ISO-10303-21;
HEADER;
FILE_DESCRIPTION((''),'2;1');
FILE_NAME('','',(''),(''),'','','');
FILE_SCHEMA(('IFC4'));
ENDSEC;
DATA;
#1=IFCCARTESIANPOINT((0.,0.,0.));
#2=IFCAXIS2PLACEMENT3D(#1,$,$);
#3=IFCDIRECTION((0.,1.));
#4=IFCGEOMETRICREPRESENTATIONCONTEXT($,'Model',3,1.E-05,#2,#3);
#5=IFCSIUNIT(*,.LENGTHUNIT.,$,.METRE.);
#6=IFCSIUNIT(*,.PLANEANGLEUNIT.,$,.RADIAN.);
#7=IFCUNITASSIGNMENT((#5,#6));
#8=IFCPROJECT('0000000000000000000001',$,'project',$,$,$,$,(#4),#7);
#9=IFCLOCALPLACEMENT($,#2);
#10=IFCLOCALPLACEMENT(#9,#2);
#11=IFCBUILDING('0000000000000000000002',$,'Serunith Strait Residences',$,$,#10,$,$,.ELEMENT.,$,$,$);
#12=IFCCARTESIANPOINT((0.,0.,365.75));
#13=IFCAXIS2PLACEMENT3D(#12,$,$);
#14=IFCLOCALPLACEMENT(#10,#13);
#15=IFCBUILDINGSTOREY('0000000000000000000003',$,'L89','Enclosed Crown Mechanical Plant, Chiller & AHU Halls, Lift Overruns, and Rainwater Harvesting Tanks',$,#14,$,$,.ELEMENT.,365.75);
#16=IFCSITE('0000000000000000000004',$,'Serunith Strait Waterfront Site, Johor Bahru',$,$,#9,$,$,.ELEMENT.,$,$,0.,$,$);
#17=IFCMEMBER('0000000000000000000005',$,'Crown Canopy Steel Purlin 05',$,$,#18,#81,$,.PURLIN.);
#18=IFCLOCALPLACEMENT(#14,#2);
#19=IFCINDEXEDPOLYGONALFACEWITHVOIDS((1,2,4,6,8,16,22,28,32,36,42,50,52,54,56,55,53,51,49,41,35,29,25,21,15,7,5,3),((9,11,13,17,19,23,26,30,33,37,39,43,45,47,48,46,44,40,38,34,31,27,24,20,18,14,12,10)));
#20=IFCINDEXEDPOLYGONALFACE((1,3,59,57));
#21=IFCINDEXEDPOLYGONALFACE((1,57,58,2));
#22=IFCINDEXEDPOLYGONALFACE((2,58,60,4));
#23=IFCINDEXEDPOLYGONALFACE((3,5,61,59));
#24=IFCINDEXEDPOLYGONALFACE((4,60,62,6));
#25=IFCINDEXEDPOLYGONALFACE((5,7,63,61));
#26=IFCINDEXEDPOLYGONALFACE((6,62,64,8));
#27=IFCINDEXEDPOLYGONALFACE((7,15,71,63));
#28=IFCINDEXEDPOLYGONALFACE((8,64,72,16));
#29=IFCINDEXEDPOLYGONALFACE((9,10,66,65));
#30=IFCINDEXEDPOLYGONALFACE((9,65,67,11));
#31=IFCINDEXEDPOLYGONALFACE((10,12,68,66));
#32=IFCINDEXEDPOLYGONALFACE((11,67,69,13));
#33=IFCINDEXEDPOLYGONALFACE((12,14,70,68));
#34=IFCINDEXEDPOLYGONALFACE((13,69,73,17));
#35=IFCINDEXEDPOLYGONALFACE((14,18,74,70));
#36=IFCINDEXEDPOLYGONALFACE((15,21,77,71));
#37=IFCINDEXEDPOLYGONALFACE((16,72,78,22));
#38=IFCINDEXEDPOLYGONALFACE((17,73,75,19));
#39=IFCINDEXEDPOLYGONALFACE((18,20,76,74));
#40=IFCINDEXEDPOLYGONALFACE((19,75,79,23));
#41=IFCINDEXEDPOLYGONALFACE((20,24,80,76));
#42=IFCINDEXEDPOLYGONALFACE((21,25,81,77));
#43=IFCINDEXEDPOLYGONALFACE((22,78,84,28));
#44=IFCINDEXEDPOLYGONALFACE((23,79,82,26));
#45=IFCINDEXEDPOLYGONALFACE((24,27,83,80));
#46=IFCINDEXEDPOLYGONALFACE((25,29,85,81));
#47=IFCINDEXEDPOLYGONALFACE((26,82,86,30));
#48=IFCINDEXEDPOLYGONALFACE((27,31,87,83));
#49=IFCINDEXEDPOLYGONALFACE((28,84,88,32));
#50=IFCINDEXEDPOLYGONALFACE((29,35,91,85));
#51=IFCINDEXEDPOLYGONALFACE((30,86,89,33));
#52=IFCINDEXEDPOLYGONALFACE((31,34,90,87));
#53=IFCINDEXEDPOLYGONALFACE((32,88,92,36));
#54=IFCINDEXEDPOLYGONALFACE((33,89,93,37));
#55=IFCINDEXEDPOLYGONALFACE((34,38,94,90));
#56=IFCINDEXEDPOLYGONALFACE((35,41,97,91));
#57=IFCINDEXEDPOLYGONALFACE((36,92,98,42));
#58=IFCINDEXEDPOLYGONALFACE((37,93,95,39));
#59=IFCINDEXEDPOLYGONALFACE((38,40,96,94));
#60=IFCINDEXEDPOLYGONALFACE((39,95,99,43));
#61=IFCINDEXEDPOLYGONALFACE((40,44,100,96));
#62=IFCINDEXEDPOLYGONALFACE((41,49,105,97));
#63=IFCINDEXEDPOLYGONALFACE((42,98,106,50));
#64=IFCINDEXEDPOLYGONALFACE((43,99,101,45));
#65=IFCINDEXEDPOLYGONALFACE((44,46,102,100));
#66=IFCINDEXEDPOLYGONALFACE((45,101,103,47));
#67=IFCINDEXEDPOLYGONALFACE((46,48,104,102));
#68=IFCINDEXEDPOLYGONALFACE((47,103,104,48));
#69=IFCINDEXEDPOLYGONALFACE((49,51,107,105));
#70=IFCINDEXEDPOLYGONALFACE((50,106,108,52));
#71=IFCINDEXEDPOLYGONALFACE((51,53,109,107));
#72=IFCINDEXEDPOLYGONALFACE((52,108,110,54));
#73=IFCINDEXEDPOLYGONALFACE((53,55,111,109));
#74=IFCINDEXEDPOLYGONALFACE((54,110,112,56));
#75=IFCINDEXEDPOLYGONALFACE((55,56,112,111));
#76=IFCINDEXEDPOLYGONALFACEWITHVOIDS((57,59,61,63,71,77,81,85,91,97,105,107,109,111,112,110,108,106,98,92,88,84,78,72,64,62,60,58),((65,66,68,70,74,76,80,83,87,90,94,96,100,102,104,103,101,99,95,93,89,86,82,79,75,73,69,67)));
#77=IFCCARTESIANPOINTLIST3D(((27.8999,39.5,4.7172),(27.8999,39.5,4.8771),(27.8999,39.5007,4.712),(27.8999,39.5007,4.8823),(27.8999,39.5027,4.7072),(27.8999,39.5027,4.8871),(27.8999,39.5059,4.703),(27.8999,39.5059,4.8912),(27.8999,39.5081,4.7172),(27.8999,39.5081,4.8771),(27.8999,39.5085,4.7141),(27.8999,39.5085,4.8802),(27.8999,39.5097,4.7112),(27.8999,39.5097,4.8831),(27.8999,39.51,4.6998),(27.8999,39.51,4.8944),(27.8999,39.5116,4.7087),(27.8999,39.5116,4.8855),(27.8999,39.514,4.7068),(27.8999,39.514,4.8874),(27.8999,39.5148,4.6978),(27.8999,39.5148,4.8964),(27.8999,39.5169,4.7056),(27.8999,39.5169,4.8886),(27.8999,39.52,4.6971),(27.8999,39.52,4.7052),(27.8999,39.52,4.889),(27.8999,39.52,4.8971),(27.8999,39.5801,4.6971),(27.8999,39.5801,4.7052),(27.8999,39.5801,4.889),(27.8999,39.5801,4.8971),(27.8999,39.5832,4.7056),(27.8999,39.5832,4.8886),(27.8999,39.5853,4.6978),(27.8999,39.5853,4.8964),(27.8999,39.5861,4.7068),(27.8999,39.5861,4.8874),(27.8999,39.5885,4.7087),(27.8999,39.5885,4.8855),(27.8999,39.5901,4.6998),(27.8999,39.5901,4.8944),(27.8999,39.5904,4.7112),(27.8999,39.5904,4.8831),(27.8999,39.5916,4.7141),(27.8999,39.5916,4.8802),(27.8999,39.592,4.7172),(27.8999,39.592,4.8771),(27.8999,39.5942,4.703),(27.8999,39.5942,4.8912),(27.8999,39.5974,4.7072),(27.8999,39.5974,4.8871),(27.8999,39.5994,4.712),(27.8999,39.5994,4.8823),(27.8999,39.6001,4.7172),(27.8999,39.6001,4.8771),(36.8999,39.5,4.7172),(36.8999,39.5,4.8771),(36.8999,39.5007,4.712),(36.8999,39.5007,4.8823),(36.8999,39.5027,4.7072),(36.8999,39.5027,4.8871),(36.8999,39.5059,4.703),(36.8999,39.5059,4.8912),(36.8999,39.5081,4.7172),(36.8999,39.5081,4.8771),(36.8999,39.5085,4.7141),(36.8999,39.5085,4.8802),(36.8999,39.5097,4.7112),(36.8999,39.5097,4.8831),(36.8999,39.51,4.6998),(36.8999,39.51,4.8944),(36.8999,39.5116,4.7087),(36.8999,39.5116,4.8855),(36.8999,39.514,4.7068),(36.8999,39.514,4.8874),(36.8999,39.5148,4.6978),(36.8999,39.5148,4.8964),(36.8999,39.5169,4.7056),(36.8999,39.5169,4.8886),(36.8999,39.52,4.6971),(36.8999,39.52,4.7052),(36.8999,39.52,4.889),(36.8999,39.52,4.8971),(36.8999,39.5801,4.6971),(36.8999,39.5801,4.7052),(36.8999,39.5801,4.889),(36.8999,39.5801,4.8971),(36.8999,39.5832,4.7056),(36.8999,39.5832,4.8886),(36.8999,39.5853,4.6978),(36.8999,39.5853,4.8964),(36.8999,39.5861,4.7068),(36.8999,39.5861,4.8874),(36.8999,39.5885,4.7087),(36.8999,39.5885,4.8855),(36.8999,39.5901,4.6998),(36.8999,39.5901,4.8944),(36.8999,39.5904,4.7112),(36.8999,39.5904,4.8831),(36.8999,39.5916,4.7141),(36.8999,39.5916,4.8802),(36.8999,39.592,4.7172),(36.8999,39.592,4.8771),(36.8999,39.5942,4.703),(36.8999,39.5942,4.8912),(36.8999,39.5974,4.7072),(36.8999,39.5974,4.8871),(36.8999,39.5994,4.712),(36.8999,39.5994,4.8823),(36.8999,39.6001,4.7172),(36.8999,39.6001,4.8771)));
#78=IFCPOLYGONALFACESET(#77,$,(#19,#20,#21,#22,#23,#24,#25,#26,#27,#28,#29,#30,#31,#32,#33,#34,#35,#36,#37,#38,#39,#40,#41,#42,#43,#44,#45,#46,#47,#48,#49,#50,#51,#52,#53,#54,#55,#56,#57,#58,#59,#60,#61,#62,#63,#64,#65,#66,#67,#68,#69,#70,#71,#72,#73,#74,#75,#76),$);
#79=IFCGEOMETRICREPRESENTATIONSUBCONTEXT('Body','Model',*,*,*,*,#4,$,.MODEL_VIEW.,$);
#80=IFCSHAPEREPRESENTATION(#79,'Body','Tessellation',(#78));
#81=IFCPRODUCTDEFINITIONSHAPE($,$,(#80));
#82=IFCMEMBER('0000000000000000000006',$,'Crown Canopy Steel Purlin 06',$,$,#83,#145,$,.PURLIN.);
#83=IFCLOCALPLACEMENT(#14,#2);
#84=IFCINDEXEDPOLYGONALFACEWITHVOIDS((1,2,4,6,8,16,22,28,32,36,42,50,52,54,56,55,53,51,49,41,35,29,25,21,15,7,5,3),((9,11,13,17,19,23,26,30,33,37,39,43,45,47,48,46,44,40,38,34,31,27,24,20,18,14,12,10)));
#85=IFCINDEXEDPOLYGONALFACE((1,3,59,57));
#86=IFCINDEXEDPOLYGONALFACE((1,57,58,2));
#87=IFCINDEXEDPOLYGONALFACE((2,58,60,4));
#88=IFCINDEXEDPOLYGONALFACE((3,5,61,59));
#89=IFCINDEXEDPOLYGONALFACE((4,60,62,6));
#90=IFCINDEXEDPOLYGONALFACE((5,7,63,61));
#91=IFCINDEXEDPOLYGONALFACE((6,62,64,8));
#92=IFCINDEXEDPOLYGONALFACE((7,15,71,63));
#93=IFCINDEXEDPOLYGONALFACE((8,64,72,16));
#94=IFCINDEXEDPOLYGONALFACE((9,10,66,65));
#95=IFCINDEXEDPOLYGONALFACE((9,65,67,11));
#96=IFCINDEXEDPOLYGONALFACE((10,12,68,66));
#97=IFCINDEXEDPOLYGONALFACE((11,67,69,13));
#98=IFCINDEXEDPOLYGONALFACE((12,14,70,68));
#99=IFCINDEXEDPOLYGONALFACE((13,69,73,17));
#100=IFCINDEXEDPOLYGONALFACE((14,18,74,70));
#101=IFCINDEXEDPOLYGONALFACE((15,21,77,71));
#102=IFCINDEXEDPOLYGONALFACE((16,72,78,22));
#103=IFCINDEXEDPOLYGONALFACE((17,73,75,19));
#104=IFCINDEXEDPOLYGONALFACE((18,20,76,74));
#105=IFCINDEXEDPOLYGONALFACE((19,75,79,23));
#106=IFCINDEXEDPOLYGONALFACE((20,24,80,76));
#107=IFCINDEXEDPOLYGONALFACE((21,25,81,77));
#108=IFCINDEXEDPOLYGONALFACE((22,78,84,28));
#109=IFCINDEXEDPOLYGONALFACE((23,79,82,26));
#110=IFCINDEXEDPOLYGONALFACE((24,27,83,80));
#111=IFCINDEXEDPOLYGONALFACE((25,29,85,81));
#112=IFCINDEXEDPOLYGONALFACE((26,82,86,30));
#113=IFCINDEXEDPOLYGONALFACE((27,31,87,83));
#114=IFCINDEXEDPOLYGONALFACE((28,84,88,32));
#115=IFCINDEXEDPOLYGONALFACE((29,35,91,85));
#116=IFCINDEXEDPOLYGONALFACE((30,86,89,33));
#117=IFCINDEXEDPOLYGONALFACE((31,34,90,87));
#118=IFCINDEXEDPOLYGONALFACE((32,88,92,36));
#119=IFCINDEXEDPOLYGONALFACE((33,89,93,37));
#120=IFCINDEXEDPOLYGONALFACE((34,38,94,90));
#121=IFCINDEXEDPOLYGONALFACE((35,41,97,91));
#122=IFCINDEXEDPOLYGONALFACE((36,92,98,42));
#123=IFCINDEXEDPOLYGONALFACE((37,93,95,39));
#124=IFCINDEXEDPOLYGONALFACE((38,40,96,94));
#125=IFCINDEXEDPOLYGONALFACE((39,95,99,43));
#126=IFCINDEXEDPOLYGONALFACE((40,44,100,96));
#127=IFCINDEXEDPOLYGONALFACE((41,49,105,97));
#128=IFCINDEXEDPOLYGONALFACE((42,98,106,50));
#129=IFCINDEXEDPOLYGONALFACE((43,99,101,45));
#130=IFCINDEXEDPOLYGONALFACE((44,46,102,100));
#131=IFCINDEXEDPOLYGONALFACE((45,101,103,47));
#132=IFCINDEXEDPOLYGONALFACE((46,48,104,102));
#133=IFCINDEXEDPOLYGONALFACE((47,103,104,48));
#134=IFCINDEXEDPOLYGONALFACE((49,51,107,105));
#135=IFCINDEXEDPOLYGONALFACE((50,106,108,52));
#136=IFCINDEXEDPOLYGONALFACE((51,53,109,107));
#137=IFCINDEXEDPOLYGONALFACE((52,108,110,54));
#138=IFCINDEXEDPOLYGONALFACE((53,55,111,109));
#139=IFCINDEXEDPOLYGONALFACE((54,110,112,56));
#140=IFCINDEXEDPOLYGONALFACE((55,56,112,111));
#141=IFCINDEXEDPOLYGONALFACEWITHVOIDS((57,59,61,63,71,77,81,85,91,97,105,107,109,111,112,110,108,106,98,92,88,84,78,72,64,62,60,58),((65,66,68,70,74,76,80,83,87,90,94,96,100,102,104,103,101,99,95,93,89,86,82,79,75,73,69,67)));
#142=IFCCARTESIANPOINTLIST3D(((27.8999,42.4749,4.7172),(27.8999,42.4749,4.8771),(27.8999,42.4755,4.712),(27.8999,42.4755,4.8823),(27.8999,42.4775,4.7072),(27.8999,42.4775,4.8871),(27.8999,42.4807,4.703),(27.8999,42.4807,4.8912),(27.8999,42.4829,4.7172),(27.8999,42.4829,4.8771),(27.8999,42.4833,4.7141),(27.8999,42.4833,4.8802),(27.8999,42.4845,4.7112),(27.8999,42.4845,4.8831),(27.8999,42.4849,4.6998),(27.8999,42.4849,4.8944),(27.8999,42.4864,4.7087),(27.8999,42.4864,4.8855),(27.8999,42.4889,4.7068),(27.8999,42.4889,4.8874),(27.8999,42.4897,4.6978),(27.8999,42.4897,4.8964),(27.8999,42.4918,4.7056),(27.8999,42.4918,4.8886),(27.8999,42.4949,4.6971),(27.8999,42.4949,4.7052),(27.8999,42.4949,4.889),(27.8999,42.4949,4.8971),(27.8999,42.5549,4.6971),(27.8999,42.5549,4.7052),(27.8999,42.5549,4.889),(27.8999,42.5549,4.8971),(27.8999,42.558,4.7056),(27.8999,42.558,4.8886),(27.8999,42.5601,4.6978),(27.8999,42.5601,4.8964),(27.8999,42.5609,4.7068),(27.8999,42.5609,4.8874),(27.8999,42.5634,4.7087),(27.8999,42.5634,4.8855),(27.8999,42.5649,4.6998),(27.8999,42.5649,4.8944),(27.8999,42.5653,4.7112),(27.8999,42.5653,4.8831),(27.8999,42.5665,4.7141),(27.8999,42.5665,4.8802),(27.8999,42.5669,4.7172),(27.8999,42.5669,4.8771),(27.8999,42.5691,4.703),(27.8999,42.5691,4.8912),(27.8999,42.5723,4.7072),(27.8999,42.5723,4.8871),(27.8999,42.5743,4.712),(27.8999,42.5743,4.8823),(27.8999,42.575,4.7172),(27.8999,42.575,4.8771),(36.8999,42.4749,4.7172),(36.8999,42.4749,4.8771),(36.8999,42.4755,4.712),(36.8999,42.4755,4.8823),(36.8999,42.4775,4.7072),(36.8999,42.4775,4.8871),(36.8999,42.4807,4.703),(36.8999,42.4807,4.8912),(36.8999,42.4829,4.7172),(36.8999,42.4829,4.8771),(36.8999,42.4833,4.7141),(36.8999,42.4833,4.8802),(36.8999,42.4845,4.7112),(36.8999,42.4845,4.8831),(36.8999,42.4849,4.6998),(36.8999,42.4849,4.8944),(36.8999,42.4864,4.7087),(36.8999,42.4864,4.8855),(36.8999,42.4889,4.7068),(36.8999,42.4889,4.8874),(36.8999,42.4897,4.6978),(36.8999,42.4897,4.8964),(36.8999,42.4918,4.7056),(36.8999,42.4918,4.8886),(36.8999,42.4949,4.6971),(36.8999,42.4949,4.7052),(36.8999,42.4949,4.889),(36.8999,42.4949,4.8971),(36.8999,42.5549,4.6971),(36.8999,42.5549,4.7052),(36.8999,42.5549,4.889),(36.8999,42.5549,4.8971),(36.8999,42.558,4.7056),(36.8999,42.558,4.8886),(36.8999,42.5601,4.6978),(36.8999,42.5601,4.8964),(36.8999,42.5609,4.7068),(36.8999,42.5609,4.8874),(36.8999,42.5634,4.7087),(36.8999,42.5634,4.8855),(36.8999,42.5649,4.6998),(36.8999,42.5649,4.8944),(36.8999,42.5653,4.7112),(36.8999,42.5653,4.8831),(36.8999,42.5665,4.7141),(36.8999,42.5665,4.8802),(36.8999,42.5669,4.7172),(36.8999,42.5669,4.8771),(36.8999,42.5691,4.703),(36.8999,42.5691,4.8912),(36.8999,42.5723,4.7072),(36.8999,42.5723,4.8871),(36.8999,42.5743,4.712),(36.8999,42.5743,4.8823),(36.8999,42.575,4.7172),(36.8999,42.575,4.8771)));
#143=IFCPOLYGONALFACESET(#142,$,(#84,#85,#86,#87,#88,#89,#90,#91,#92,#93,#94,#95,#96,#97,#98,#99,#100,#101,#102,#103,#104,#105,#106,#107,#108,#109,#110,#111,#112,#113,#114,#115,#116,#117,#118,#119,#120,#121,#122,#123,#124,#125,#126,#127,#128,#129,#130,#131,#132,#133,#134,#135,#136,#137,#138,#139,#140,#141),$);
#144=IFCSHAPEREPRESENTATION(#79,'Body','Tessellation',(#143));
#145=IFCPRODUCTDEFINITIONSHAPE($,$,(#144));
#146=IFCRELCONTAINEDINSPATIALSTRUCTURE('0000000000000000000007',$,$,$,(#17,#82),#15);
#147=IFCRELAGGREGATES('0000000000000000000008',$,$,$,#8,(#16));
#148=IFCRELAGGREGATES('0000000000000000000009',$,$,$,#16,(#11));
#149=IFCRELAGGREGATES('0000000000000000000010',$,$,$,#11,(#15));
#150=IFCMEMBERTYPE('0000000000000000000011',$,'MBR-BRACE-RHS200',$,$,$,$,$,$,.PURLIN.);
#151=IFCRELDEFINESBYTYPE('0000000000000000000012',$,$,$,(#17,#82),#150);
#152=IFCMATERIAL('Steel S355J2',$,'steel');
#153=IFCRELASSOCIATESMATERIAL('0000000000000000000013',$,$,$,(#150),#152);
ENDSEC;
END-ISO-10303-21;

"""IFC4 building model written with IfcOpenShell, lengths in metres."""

from ifc_helpers import new_model, si_unit, direction, frame, origin, origin_2d, place, context, subcontext, project, spatial, hollow_rectangle, extrude, source, transform, mapped, material, material_profile, profile_set, type_object, element, save


model = new_model("IFC4")

# Units and contexts
model_context = context("Model", 3, precision=1e-05, world=origin(), true_north=direction((0.0, 1.0)))
body_context = subcontext(model_context, "Body", "Model", "MODEL_VIEW")
ifc_project = project(units=[si_unit("LENGTHUNIT", "METRE"), si_unit("PLANEANGLEUNIT", "RADIAN")], contexts=[model_context])

# Site, building, storey
site_placement = place(None, origin())
site = spatial("IfcSite", under=ifc_project, at=site_placement, Name="Serunith Strait Waterfront Site, Johor Bahru", CompositionType="ELEMENT", RefElevation=0.0)
building_placement = place(site_placement, origin())
building = spatial("IfcBuilding", under=site, at=building_placement, Name="Serunith Strait Residences", CompositionType="ELEMENT")
storey_placement = place(building_placement, frame((0.0, 0.0, 365.75)))
storey = spatial("IfcBuildingStorey", under=building, at=storey_placement, Name="L89", Description="Enclosed Crown Mechanical Plant, Chiller & AHU Halls, Lift Overruns, and Rainwater Harvesting Tanks", CompositionType="ELEMENT", Elevation=365.75)

# Shared definitions
ifc_material_1 = material(Name="Steel S355J2", Category="steel")

# Members
ifc_material_profile_1 = material_profile(ifc_material_1, hollow_rectangle(XDim=0.1001, YDim=0.2, WallThickness=0.0081, InnerFilletRadius=0.012, OuterFilletRadius=0.02, at=origin_2d()), Name="RHS 200x100x8")
ifc_profile_set_1 = profile_set([ifc_material_profile_1], Name="Steel S355J2")
member_type_1 = type_object("IfcMemberType", Name="MBR-BRACE-RHS200", PredefinedType="PURLIN", material=ifc_profile_set_1)
shared_shape_1 = source(origin(), body_context, "Body", "SweptSolid", [
    extrude(hollow_rectangle(XDim=0.1001, YDim=0.2, WallThickness=0.0081, InnerFilletRadius=0.012, OuterFilletRadius=0.02, at=origin_2d()), origin(), (0.0, 0.0, 1.0), 9.0),
])
for number, where, z_axis, x_axis, name in (
    (1, (27.8999, 39.55, 4.7971), (1.0, 0.0, 0.0), (0.0, 1.0, 0.0), "Crown Canopy Steel Purlin 05"),
    (2, (27.8999, 42.5249, 4.7971), (1.0, 0.0, 0.0), (0.0, 1.0, 0.0), "Crown Canopy Steel Purlin 06"),
):
    element("IfcMember", number, at=place(storey_placement, frame(where, z_axis=z_axis, x_axis=x_axis)), inside=storey, type_object=member_type_1, Name=name, PredefinedType="PURLIN", context=body_context, shape_type="MappedRepresentation", body=[
        mapped(shared_shape_1, transform((0.0, 0.0, 0.0), scale=1.0)),
    ])

save(model, "model.ifc")
